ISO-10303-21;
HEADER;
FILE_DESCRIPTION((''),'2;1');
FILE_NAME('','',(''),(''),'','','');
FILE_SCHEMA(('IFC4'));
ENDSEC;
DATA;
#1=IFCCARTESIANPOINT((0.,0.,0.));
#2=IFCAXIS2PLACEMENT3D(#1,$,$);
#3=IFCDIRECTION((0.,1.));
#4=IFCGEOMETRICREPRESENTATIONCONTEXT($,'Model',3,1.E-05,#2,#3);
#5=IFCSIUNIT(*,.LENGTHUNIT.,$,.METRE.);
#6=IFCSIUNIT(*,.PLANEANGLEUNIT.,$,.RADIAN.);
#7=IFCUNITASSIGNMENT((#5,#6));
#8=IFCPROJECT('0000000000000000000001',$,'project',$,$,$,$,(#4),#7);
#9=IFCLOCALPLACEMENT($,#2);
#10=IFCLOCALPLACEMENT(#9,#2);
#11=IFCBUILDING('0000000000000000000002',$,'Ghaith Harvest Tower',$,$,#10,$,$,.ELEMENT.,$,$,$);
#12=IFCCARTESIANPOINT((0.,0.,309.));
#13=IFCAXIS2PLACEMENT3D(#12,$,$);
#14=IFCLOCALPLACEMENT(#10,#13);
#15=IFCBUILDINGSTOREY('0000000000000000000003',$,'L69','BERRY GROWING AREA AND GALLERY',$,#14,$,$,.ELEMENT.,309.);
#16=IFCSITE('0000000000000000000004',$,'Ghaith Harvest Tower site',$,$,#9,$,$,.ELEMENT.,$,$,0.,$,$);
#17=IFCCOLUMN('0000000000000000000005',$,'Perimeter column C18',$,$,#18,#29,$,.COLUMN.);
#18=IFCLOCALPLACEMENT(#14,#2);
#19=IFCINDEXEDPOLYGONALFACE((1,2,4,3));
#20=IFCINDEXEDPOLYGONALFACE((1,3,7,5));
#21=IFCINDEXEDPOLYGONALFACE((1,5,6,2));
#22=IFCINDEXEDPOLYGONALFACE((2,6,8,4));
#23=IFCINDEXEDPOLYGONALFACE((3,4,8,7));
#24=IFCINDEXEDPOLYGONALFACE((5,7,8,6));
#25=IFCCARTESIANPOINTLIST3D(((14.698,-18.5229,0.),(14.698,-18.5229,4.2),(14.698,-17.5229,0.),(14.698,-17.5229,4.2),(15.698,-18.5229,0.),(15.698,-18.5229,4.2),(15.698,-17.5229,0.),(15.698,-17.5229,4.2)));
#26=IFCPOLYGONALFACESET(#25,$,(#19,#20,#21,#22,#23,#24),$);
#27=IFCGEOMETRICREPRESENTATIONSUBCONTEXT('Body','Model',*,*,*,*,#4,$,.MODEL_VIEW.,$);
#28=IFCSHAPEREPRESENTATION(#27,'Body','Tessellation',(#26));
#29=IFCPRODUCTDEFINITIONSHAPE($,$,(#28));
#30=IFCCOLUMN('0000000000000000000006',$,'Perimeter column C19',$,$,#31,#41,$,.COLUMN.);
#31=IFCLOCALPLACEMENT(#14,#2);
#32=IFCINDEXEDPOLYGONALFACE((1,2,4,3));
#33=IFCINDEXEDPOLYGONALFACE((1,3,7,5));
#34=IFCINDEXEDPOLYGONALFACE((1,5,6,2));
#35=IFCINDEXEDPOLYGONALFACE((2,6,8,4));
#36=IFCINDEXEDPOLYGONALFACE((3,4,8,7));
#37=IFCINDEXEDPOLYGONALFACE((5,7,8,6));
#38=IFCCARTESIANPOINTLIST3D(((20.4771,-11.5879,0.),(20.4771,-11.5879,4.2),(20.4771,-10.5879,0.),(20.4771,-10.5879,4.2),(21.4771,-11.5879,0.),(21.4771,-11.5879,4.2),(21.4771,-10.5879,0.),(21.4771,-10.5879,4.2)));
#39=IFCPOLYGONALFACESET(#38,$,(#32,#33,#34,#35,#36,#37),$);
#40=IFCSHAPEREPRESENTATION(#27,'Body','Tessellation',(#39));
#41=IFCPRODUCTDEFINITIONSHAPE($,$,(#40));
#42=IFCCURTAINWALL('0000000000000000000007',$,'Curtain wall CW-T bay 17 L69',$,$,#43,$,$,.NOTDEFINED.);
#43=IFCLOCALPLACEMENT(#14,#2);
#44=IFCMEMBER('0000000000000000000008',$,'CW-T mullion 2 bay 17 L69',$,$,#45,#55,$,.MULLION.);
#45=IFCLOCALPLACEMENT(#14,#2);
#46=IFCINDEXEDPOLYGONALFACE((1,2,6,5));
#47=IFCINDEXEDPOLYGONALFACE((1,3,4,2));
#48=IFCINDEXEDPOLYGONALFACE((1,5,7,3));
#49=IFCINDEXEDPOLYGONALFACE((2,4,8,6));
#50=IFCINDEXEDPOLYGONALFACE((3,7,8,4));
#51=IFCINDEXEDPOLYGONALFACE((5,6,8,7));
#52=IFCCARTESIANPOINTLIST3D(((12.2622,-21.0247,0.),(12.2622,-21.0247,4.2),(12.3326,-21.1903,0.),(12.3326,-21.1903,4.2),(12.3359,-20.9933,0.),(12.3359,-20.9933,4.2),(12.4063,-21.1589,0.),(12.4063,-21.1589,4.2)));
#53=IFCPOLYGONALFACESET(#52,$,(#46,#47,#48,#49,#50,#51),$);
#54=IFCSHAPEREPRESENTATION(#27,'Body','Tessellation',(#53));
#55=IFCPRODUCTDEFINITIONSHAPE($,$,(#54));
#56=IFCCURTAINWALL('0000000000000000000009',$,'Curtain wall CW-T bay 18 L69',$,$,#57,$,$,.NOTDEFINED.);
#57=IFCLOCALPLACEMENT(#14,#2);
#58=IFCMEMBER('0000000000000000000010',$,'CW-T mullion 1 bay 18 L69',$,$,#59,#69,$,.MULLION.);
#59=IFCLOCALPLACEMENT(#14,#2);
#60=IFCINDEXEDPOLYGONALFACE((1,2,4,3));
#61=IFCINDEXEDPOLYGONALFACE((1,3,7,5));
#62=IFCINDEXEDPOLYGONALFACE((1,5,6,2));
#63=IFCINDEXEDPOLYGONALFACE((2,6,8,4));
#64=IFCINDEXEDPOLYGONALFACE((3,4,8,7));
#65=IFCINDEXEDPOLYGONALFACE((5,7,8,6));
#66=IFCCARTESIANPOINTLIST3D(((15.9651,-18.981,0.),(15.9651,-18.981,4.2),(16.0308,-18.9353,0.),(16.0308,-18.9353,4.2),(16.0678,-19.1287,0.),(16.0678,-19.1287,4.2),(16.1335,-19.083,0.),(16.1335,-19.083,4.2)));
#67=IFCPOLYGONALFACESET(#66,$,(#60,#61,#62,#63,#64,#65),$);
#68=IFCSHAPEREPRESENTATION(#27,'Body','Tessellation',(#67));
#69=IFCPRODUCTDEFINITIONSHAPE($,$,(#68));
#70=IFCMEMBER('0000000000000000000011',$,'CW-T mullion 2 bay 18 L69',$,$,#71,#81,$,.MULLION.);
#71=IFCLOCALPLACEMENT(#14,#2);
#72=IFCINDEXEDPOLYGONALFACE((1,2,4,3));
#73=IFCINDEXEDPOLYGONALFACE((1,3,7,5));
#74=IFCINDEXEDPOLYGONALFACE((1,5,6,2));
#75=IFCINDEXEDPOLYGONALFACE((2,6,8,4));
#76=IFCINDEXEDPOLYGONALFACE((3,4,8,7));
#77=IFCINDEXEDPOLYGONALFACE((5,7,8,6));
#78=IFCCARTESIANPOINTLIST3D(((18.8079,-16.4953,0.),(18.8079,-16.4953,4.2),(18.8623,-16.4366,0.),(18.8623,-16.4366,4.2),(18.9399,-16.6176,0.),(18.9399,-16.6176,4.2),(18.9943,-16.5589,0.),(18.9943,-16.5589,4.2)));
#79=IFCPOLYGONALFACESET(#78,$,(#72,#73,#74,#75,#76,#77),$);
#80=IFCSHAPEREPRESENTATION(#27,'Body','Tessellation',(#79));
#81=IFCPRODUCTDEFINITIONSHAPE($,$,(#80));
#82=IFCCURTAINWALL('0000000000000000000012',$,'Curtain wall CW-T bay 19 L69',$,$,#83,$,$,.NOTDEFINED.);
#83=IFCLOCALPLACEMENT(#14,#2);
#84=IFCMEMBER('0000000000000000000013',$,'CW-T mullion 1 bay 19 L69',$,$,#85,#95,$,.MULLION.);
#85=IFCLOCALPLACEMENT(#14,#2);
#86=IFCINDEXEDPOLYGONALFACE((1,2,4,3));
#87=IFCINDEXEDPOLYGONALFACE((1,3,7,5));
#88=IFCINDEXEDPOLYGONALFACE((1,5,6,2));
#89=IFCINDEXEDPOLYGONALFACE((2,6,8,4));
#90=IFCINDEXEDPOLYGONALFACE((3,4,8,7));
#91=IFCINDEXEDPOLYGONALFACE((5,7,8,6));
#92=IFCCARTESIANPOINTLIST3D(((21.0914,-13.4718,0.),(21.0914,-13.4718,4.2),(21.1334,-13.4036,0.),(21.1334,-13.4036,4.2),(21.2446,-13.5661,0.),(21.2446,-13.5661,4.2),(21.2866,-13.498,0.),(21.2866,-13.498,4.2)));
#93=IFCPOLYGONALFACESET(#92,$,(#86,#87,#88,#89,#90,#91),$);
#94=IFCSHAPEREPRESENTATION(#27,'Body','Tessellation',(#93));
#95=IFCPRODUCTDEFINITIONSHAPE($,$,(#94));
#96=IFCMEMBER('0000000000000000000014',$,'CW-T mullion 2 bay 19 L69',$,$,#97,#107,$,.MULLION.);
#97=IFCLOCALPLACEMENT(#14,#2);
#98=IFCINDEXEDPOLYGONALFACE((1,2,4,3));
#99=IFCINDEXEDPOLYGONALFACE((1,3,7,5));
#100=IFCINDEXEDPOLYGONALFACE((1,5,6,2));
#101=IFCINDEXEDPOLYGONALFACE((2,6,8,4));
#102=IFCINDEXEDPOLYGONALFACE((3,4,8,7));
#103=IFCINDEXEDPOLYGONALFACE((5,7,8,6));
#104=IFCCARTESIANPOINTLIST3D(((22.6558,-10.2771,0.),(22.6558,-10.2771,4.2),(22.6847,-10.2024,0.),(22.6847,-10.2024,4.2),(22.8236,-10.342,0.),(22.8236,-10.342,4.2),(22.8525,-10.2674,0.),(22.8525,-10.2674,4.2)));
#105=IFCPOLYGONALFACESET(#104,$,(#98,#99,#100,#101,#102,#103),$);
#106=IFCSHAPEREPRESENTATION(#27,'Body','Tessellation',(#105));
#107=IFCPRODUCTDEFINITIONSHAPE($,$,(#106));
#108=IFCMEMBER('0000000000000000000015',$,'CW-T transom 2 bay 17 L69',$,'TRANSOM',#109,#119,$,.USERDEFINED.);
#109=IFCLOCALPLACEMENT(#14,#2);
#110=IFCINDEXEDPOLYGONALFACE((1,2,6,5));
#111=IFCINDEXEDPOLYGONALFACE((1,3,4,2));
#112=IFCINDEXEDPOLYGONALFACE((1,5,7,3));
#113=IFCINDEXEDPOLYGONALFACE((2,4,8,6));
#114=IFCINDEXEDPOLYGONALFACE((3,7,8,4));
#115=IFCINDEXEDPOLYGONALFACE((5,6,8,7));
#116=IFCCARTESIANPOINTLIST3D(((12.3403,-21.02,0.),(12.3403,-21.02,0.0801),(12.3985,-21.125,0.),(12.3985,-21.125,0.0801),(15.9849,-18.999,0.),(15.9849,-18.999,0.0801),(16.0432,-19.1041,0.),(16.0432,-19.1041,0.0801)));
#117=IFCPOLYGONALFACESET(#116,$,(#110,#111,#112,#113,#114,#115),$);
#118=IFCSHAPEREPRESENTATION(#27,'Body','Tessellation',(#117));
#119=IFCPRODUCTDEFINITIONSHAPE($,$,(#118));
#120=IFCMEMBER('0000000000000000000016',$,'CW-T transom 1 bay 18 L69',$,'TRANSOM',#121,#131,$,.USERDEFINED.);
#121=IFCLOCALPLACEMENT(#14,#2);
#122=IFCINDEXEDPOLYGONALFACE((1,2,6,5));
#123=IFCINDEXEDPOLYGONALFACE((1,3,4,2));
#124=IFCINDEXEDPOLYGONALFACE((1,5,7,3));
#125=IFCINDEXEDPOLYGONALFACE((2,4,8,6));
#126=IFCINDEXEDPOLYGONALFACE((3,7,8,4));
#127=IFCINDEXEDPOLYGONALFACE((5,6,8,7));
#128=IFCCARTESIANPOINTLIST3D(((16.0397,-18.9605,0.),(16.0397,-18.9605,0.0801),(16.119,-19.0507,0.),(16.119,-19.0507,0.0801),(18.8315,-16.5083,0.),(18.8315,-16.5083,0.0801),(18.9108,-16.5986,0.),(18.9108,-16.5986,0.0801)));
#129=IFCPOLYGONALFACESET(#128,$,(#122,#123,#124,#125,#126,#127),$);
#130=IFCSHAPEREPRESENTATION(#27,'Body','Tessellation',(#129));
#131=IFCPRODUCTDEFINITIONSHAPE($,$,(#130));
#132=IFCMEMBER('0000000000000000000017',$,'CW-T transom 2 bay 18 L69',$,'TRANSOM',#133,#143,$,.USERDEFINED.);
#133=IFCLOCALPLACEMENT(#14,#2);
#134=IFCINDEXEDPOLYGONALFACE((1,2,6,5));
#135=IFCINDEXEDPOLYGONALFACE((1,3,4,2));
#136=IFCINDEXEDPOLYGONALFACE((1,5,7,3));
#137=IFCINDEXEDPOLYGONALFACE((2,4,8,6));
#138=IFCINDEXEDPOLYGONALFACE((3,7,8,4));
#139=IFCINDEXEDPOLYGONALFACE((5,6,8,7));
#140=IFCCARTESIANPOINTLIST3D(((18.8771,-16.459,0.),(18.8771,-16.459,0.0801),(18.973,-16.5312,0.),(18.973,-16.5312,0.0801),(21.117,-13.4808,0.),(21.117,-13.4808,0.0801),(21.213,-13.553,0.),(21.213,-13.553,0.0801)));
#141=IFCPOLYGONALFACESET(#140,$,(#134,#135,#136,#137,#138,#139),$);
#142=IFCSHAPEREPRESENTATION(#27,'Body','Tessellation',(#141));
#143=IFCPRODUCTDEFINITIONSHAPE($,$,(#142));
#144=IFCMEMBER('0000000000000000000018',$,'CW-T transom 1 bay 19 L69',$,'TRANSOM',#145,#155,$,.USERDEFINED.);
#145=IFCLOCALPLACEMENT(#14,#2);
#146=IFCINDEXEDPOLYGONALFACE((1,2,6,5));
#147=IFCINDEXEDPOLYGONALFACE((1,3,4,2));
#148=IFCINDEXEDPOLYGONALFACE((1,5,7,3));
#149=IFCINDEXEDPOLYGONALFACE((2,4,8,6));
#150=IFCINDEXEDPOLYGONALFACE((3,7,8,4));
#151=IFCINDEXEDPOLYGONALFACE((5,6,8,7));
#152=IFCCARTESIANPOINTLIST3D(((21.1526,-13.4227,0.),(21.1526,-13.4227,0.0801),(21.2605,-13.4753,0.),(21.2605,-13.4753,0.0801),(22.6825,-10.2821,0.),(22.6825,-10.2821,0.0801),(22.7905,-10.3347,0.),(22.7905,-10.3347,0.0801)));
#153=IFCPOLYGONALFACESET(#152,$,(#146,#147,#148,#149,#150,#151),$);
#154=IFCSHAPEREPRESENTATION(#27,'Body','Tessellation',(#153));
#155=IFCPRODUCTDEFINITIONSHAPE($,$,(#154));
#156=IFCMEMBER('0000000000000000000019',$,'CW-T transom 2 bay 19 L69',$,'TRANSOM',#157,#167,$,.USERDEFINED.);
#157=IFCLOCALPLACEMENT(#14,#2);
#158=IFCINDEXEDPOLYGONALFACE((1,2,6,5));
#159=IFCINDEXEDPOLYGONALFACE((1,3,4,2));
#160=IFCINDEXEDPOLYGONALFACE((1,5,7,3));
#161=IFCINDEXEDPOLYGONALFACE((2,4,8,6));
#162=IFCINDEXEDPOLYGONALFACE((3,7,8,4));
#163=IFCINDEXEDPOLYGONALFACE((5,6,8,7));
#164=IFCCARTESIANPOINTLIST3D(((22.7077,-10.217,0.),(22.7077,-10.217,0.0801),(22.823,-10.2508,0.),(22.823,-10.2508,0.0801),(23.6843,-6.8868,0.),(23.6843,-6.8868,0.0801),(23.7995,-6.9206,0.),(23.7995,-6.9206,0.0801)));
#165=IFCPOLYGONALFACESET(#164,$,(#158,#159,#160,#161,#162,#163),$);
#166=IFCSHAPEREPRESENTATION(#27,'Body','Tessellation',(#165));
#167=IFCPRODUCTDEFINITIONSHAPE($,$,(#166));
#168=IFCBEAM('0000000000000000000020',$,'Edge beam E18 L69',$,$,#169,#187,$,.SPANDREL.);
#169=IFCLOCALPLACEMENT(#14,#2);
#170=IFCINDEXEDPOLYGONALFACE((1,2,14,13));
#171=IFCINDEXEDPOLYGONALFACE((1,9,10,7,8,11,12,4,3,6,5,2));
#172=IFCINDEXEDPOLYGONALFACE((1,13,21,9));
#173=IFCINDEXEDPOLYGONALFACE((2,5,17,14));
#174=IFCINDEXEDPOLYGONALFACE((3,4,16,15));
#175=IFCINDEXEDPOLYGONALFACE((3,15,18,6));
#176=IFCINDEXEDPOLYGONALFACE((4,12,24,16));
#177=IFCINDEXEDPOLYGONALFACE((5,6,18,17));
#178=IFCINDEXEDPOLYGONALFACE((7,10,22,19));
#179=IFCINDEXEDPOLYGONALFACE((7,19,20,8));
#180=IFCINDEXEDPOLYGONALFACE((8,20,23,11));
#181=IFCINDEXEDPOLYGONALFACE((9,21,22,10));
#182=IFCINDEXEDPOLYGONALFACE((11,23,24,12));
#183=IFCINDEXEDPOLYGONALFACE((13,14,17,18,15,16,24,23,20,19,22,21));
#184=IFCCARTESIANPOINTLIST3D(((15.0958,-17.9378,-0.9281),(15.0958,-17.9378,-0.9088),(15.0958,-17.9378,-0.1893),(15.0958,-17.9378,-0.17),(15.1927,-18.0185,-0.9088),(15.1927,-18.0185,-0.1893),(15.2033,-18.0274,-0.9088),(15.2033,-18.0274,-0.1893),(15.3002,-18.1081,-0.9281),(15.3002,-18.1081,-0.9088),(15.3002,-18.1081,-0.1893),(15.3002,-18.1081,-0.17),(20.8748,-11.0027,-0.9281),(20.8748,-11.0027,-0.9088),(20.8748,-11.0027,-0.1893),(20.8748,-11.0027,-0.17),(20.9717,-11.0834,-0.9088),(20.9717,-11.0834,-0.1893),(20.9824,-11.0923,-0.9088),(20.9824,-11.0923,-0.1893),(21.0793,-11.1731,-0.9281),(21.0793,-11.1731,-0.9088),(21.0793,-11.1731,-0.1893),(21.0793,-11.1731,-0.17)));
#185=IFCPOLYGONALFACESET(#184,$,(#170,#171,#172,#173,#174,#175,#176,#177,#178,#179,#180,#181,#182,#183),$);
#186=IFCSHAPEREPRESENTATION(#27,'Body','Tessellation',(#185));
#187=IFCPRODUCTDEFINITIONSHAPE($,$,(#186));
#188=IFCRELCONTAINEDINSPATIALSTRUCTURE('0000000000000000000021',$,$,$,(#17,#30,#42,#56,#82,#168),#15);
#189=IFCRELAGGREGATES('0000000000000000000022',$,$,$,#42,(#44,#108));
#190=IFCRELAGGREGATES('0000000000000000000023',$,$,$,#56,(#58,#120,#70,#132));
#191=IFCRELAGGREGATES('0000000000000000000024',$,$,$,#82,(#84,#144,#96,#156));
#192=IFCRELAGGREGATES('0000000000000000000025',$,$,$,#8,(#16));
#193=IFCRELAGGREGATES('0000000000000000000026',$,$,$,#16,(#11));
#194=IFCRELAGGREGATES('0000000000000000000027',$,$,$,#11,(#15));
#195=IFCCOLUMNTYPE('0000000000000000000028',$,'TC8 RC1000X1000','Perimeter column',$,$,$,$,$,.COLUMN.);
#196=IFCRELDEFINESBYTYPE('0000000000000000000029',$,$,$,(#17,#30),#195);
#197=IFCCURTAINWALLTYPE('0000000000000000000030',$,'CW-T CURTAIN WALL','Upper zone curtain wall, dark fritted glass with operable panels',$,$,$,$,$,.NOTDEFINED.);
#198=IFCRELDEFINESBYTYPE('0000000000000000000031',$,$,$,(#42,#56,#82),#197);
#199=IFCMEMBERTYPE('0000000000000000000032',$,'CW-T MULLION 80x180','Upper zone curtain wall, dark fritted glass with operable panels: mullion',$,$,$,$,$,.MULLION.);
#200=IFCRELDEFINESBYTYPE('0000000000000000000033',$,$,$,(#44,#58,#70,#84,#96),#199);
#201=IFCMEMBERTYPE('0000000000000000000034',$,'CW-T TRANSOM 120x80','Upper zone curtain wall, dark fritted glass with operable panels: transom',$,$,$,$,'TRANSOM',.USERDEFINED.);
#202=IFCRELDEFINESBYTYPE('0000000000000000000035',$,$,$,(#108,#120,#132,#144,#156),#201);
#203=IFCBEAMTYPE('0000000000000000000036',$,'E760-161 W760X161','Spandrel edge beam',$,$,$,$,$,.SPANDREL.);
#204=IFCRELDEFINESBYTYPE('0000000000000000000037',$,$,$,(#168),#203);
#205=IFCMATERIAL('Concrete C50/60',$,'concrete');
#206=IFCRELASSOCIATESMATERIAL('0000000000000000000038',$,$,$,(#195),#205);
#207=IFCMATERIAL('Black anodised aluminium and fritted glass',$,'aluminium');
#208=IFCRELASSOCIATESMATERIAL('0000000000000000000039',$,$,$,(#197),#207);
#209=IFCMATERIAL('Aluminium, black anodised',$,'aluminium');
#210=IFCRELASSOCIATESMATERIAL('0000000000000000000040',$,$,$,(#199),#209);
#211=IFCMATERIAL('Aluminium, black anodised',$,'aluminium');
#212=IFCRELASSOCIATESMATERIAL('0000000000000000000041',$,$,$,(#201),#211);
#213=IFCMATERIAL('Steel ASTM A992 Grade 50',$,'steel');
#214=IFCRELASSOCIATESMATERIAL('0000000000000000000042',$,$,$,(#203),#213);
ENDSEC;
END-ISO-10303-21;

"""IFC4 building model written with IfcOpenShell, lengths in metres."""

from ifc_helpers import new_model, si_unit, direction, frame, origin, origin_2d, place, context, subcontext, project, spatial, rectangle, i_section, extrude, material, material_profile, profile_set, type_object, element, aggregate, save


model = new_model("IFC4")

# Units and contexts
model_context = context("Model", 3, precision=1e-05, world=origin(), true_north=direction((0.0, 1.0)))
body_context = subcontext(model_context, "Body", "Model", "MODEL_VIEW")
ifc_project = project(units=[si_unit("LENGTHUNIT", "METRE"), si_unit("PLANEANGLEUNIT", "RADIAN")], contexts=[model_context])

# Site, building, storey
site_placement = place(None, origin())
site = spatial("IfcSite", under=ifc_project, at=site_placement, Name="Ghaith Harvest Tower site", CompositionType="ELEMENT", RefElevation=0.0)
building_placement = place(site_placement, origin())
building = spatial("IfcBuilding", under=site, at=building_placement, Name="Ghaith Harvest Tower", CompositionType="ELEMENT")
storey_placement = place(building_placement, frame((0.0, 0.0, 309.0)))
storey = spatial("IfcBuildingStorey", under=building, at=storey_placement, Name="L69", Description="BERRY GROWING AREA AND GALLERY", CompositionType="ELEMENT", Elevation=309.0)

# Columns
ifc_material_1 = material(Name="Concrete C50/60", Category="concrete")
ifc_material_profile_1 = material_profile(ifc_material_1, rectangle(XDim=1.0, YDim=1.0, at=origin_2d()), Name="RC1000X1000")
ifc_profile_set_1 = profile_set([ifc_material_profile_1], Name="Concrete C50/60")
column_type = type_object("IfcColumnType", Name="TC8 RC1000X1000", Description="Perimeter column", PredefinedType="COLUMN", material=ifc_profile_set_1)
for number, where, z_axis, x_axis, name in (
    (1, (15.198, -18.0229, 0.0), (0.0, 0.0, 1.0), (1.0, 0.0, 0.0), "Perimeter column C18"),
    (2, (20.9771, -11.0879, 0.0), (0.0, 0.0, 1.0), (1.0, 0.0, 0.0), "Perimeter column C19"),
):
    element("IfcColumn", number, at=place(storey_placement, frame(where, z_axis=z_axis, x_axis=x_axis)), inside=storey, type_object=column_type, Name=name, PredefinedType="COLUMN", context=body_context, shape_type="SweptSolid", body=[
        extrude(rectangle(XDim=1.0, YDim=1.0, at=origin_2d()), origin(), (0.0, 0.0, 1.0), 4.2),
    ])

# Curtain wall, member
ifc_material_2 = material(Name="Black anodised aluminium and fritted glass", Category="aluminium")
curtain_wall_type = type_object("IfcCurtainWallType", Name="CW-T CURTAIN WALL", Description="Upper zone curtain wall, dark fritted glass with operable panels", PredefinedType="NOTDEFINED", material=ifc_material_2)
curtain_wall_1_placement = place(storey_placement, origin())
curtain_wall_1 = element("IfcCurtainWall", 3, at=curtain_wall_1_placement, inside=storey, type_object=curtain_wall_type, Name="Curtain wall CW-T bay 17 L69", PredefinedType="NOTDEFINED")
ifc_material_3 = material(Name="Aluminium, black anodised", Category="aluminium")
ifc_material_profile_2 = material_profile(ifc_material_3, rectangle(XDim=0.0801, YDim=0.1799, at=origin_2d()), Name="CW-T MULLION 80x180")
ifc_profile_set_2 = profile_set([ifc_material_profile_2], Name="Aluminium, black anodised")
member_type_1 = type_object("IfcMemberType", Name="CW-T MULLION 80x180", Description="Upper zone curtain wall, dark fritted glass with operable panels: mullion", PredefinedType="MULLION", material=ifc_profile_set_2)
member_1_placement = place(storey_placement, frame((12.3342, -21.0918, 0.0), z_axis=(0.0, 0.0, 1.0), x_axis=(0.920319, 0.391168, 0.0)))
member_1 = element("IfcMember", 4, at=member_1_placement, type_object=member_type_1, Name="CW-T mullion 2 bay 17 L69", PredefinedType="MULLION", context=body_context, shape_type="SweptSolid", body=[
    extrude(rectangle(XDim=0.0801, YDim=0.1799, at=origin_2d()), origin(), (0.0, 0.0, 1.0), 4.2),
])

# Curtain walls, members
curtain_wall_2_placement = place(storey_placement, origin())
curtain_wall_2 = element("IfcCurtainWall", 5, at=curtain_wall_2_placement, inside=storey, type_object=curtain_wall_type, Name="Curtain wall CW-T bay 18 L69", PredefinedType="NOTDEFINED")
member_2_placement = place(storey_placement, frame((16.0493, -19.032, 0.0), z_axis=(0.0, 0.0, 1.0), x_axis=(0.821112, 0.570767, 0.0)))
member_2 = element("IfcMember", 6, at=member_2_placement, type_object=member_type_1, Name="CW-T mullion 1 bay 18 L69", PredefinedType="MULLION", context=body_context, shape_type="SweptSolid", body=[
    extrude(rectangle(XDim=0.0801, YDim=0.1799, at=origin_2d()), origin(), (0.0, 0.0, 1.0), 4.2),
])
member_3_placement = place(storey_placement, frame((18.9011, -16.5271, 0.0), z_axis=(0.0, 0.0, 1.0), x_axis=(0.679661, 0.733526, 0.0)))
member_3 = element("IfcMember", 7, at=member_3_placement, type_object=member_type_1, Name="CW-T mullion 2 bay 18 L69", PredefinedType="MULLION", context=body_context, shape_type="SweptSolid", body=[
    extrude(rectangle(XDim=0.0801, YDim=0.1799, at=origin_2d()), origin(), (0.0, 0.0, 1.0), 4.2),
])
curtain_wall_3_placement = place(storey_placement, origin())
curtain_wall_3 = element("IfcCurtainWall", 8, at=curtain_wall_3_placement, inside=storey, type_object=curtain_wall_type, Name="Curtain wall CW-T bay 19 L69", PredefinedType="NOTDEFINED")
member_4_placement = place(storey_placement, frame((21.189, -13.4849, 0.0), z_axis=(0.0, 0.0, 1.0), x_axis=(0.524482, 0.851421, 0.0)))
member_4 = element("IfcMember", 9, at=member_4_placement, type_object=member_type_1, Name="CW-T mullion 1 bay 19 L69", PredefinedType="MULLION", context=body_context, shape_type="SweptSolid", body=[
    extrude(rectangle(XDim=0.0801, YDim=0.1799, at=origin_2d()), origin(), (0.0, 0.0, 1.0), 4.2),
])
member_5_placement = place(storey_placement, frame((22.7542, -10.2722, 0.0), z_axis=(0.0, 0.0, 1.0), x_axis=(0.361184, 0.932494, 0.0)))
member_5 = element("IfcMember", 10, at=member_5_placement, type_object=member_type_1, Name="CW-T mullion 2 bay 19 L69", PredefinedType="MULLION", context=body_context, shape_type="SweptSolid", body=[
    extrude(rectangle(XDim=0.0801, YDim=0.1799, at=origin_2d()), origin(), (0.0, 0.0, 1.0), 4.2),
])

# Members
ifc_material_4 = material(Name="Aluminium, black anodised", Category="aluminium")
ifc_material_profile_3 = material_profile(ifc_material_4, rectangle(XDim=0.1201, YDim=0.0801, at=origin_2d()), Name="CW-T TRANSOM 120x80")
ifc_profile_set_3 = profile_set([ifc_material_profile_3], Name="Aluminium, black anodised")
member_type_2 = type_object("IfcMemberType", Name="CW-T TRANSOM 120x80", Description="Upper zone curtain wall, dark fritted glass with operable panels: transom", ElementType="TRANSOM", PredefinedType="USERDEFINED", material=ifc_profile_set_3)
member_6_placement = place(storey_placement, frame((12.3694, -21.0725, 0.04), z_axis=(0.874552, 0.484932, 0.0), x_axis=(-0.484932, 0.874552, 0.0)))
member_6 = element("IfcMember", 11, at=member_6_placement, type_object=member_type_2, Name="CW-T transom 2 bay 17 L69", ObjectType="TRANSOM", PredefinedType="USERDEFINED", context=body_context, shape_type="SweptSolid", body=[
    extrude(rectangle(XDim=0.1201, YDim=0.0801, at=origin_2d()), origin(), (0.0, 0.0, 1.0), 4.1675),
])
member_7_placement = place(storey_placement, frame((16.0793, -19.0056, 0.04), z_axis=(0.751326, 0.659931, 0.0), x_axis=(-0.659931, 0.751326, 0.0)))
member_7 = element("IfcMember", 12, at=member_7_placement, type_object=member_type_2, Name="CW-T transom 1 bay 18 L69", ObjectType="TRANSOM", PredefinedType="USERDEFINED", context=body_context, shape_type="SweptSolid", body=[
    extrude(rectangle(XDim=0.1201, YDim=0.0801, at=origin_2d()), origin(), (0.0, 0.0, 1.0), 3.7158),
])
member_8_placement = place(storey_placement, frame((18.925, -16.4951, 0.04), z_axis=(0.601079, 0.79919, 0.0), x_axis=(-0.79919, 0.601079, 0.0)))
member_8 = element("IfcMember", 13, at=member_8_placement, type_object=member_type_2, Name="CW-T transom 2 bay 18 L69", ObjectType="TRANSOM", PredefinedType="USERDEFINED", context=body_context, shape_type="SweptSolid", body=[
    extrude(rectangle(XDim=0.1201, YDim=0.0801, at=origin_2d()), origin(), (0.0, 0.0, 1.0), 3.7266),
])
member_9_placement = place(storey_placement, frame((21.2065, -13.449, 0.04), z_axis=(0.437965, 0.898992, 0.0), x_axis=(-0.898992, 0.437965, 0.0)))
member_9 = element("IfcMember", 14, at=member_9_placement, type_object=member_type_2, Name="CW-T transom 1 bay 19 L69", ObjectType="TRANSOM", PredefinedType="USERDEFINED", context=body_context, shape_type="SweptSolid", body=[
    extrude(rectangle(XDim=0.1201, YDim=0.0801, at=origin_2d()), origin(), (0.0, 0.0, 1.0), 3.4934),
])
member_10_placement = place(storey_placement, frame((22.7654, -10.2339, 0.04), z_axis=(0.281385, 0.959595, 0.0), x_axis=(-0.959595, 0.281385, 0.0)))
member_10 = element("IfcMember", 15, at=member_10_placement, type_object=member_type_2, Name="CW-T transom 2 bay 19 L69", ObjectType="TRANSOM", PredefinedType="USERDEFINED", context=body_context, shape_type="SweptSolid", body=[
    extrude(rectangle(XDim=0.1201, YDim=0.0801, at=origin_2d()), origin(), (0.0, 0.0, 1.0), 3.4705),
])

# Beam
ifc_material_5 = material(Name="Steel ASTM A992 Grade 50", Category="steel")
ifc_material_profile_4 = material_profile(ifc_material_5, i_section(OverallWidth=0.2661, OverallDepth=0.7581, WebThickness=0.0139, FlangeThickness=0.0193, at=origin_2d()), Name="W760X161")
ifc_profile_set_4 = profile_set([ifc_material_profile_4], Name="Steel ASTM A992 Grade 50")
beam_type_1 = type_object("IfcBeamType", Name="E760-161 W760X161", Description="Spandrel edge beam", PredefinedType="SPANDREL", material=ifc_profile_set_4)
beam_1_placement = place(storey_placement, frame((15.198, -18.0229, -0.5491), z_axis=(0.640174, 0.76823, 0.0), x_axis=(-0.76823, 0.640174, 0.0)))
element("IfcBeam", 16, at=beam_1_placement, inside=storey, type_object=beam_type_1, Name="Edge beam E18 L69", PredefinedType="SPANDREL", context=body_context, shape_type="SweptSolid", body=[
    extrude(i_section(OverallWidth=0.2661, OverallDepth=0.7581, WebThickness=0.0139, FlangeThickness=0.0193, at=origin_2d()), origin(), (0.0, 0.0, 1.0), 9.0273),
])

aggregate(curtain_wall_1, [member_1, member_6])
aggregate(curtain_wall_2, [member_2, member_7, member_3, member_8])
aggregate(curtain_wall_3, [member_4, member_9, member_5, member_10])

save(model, "model.ifc")
